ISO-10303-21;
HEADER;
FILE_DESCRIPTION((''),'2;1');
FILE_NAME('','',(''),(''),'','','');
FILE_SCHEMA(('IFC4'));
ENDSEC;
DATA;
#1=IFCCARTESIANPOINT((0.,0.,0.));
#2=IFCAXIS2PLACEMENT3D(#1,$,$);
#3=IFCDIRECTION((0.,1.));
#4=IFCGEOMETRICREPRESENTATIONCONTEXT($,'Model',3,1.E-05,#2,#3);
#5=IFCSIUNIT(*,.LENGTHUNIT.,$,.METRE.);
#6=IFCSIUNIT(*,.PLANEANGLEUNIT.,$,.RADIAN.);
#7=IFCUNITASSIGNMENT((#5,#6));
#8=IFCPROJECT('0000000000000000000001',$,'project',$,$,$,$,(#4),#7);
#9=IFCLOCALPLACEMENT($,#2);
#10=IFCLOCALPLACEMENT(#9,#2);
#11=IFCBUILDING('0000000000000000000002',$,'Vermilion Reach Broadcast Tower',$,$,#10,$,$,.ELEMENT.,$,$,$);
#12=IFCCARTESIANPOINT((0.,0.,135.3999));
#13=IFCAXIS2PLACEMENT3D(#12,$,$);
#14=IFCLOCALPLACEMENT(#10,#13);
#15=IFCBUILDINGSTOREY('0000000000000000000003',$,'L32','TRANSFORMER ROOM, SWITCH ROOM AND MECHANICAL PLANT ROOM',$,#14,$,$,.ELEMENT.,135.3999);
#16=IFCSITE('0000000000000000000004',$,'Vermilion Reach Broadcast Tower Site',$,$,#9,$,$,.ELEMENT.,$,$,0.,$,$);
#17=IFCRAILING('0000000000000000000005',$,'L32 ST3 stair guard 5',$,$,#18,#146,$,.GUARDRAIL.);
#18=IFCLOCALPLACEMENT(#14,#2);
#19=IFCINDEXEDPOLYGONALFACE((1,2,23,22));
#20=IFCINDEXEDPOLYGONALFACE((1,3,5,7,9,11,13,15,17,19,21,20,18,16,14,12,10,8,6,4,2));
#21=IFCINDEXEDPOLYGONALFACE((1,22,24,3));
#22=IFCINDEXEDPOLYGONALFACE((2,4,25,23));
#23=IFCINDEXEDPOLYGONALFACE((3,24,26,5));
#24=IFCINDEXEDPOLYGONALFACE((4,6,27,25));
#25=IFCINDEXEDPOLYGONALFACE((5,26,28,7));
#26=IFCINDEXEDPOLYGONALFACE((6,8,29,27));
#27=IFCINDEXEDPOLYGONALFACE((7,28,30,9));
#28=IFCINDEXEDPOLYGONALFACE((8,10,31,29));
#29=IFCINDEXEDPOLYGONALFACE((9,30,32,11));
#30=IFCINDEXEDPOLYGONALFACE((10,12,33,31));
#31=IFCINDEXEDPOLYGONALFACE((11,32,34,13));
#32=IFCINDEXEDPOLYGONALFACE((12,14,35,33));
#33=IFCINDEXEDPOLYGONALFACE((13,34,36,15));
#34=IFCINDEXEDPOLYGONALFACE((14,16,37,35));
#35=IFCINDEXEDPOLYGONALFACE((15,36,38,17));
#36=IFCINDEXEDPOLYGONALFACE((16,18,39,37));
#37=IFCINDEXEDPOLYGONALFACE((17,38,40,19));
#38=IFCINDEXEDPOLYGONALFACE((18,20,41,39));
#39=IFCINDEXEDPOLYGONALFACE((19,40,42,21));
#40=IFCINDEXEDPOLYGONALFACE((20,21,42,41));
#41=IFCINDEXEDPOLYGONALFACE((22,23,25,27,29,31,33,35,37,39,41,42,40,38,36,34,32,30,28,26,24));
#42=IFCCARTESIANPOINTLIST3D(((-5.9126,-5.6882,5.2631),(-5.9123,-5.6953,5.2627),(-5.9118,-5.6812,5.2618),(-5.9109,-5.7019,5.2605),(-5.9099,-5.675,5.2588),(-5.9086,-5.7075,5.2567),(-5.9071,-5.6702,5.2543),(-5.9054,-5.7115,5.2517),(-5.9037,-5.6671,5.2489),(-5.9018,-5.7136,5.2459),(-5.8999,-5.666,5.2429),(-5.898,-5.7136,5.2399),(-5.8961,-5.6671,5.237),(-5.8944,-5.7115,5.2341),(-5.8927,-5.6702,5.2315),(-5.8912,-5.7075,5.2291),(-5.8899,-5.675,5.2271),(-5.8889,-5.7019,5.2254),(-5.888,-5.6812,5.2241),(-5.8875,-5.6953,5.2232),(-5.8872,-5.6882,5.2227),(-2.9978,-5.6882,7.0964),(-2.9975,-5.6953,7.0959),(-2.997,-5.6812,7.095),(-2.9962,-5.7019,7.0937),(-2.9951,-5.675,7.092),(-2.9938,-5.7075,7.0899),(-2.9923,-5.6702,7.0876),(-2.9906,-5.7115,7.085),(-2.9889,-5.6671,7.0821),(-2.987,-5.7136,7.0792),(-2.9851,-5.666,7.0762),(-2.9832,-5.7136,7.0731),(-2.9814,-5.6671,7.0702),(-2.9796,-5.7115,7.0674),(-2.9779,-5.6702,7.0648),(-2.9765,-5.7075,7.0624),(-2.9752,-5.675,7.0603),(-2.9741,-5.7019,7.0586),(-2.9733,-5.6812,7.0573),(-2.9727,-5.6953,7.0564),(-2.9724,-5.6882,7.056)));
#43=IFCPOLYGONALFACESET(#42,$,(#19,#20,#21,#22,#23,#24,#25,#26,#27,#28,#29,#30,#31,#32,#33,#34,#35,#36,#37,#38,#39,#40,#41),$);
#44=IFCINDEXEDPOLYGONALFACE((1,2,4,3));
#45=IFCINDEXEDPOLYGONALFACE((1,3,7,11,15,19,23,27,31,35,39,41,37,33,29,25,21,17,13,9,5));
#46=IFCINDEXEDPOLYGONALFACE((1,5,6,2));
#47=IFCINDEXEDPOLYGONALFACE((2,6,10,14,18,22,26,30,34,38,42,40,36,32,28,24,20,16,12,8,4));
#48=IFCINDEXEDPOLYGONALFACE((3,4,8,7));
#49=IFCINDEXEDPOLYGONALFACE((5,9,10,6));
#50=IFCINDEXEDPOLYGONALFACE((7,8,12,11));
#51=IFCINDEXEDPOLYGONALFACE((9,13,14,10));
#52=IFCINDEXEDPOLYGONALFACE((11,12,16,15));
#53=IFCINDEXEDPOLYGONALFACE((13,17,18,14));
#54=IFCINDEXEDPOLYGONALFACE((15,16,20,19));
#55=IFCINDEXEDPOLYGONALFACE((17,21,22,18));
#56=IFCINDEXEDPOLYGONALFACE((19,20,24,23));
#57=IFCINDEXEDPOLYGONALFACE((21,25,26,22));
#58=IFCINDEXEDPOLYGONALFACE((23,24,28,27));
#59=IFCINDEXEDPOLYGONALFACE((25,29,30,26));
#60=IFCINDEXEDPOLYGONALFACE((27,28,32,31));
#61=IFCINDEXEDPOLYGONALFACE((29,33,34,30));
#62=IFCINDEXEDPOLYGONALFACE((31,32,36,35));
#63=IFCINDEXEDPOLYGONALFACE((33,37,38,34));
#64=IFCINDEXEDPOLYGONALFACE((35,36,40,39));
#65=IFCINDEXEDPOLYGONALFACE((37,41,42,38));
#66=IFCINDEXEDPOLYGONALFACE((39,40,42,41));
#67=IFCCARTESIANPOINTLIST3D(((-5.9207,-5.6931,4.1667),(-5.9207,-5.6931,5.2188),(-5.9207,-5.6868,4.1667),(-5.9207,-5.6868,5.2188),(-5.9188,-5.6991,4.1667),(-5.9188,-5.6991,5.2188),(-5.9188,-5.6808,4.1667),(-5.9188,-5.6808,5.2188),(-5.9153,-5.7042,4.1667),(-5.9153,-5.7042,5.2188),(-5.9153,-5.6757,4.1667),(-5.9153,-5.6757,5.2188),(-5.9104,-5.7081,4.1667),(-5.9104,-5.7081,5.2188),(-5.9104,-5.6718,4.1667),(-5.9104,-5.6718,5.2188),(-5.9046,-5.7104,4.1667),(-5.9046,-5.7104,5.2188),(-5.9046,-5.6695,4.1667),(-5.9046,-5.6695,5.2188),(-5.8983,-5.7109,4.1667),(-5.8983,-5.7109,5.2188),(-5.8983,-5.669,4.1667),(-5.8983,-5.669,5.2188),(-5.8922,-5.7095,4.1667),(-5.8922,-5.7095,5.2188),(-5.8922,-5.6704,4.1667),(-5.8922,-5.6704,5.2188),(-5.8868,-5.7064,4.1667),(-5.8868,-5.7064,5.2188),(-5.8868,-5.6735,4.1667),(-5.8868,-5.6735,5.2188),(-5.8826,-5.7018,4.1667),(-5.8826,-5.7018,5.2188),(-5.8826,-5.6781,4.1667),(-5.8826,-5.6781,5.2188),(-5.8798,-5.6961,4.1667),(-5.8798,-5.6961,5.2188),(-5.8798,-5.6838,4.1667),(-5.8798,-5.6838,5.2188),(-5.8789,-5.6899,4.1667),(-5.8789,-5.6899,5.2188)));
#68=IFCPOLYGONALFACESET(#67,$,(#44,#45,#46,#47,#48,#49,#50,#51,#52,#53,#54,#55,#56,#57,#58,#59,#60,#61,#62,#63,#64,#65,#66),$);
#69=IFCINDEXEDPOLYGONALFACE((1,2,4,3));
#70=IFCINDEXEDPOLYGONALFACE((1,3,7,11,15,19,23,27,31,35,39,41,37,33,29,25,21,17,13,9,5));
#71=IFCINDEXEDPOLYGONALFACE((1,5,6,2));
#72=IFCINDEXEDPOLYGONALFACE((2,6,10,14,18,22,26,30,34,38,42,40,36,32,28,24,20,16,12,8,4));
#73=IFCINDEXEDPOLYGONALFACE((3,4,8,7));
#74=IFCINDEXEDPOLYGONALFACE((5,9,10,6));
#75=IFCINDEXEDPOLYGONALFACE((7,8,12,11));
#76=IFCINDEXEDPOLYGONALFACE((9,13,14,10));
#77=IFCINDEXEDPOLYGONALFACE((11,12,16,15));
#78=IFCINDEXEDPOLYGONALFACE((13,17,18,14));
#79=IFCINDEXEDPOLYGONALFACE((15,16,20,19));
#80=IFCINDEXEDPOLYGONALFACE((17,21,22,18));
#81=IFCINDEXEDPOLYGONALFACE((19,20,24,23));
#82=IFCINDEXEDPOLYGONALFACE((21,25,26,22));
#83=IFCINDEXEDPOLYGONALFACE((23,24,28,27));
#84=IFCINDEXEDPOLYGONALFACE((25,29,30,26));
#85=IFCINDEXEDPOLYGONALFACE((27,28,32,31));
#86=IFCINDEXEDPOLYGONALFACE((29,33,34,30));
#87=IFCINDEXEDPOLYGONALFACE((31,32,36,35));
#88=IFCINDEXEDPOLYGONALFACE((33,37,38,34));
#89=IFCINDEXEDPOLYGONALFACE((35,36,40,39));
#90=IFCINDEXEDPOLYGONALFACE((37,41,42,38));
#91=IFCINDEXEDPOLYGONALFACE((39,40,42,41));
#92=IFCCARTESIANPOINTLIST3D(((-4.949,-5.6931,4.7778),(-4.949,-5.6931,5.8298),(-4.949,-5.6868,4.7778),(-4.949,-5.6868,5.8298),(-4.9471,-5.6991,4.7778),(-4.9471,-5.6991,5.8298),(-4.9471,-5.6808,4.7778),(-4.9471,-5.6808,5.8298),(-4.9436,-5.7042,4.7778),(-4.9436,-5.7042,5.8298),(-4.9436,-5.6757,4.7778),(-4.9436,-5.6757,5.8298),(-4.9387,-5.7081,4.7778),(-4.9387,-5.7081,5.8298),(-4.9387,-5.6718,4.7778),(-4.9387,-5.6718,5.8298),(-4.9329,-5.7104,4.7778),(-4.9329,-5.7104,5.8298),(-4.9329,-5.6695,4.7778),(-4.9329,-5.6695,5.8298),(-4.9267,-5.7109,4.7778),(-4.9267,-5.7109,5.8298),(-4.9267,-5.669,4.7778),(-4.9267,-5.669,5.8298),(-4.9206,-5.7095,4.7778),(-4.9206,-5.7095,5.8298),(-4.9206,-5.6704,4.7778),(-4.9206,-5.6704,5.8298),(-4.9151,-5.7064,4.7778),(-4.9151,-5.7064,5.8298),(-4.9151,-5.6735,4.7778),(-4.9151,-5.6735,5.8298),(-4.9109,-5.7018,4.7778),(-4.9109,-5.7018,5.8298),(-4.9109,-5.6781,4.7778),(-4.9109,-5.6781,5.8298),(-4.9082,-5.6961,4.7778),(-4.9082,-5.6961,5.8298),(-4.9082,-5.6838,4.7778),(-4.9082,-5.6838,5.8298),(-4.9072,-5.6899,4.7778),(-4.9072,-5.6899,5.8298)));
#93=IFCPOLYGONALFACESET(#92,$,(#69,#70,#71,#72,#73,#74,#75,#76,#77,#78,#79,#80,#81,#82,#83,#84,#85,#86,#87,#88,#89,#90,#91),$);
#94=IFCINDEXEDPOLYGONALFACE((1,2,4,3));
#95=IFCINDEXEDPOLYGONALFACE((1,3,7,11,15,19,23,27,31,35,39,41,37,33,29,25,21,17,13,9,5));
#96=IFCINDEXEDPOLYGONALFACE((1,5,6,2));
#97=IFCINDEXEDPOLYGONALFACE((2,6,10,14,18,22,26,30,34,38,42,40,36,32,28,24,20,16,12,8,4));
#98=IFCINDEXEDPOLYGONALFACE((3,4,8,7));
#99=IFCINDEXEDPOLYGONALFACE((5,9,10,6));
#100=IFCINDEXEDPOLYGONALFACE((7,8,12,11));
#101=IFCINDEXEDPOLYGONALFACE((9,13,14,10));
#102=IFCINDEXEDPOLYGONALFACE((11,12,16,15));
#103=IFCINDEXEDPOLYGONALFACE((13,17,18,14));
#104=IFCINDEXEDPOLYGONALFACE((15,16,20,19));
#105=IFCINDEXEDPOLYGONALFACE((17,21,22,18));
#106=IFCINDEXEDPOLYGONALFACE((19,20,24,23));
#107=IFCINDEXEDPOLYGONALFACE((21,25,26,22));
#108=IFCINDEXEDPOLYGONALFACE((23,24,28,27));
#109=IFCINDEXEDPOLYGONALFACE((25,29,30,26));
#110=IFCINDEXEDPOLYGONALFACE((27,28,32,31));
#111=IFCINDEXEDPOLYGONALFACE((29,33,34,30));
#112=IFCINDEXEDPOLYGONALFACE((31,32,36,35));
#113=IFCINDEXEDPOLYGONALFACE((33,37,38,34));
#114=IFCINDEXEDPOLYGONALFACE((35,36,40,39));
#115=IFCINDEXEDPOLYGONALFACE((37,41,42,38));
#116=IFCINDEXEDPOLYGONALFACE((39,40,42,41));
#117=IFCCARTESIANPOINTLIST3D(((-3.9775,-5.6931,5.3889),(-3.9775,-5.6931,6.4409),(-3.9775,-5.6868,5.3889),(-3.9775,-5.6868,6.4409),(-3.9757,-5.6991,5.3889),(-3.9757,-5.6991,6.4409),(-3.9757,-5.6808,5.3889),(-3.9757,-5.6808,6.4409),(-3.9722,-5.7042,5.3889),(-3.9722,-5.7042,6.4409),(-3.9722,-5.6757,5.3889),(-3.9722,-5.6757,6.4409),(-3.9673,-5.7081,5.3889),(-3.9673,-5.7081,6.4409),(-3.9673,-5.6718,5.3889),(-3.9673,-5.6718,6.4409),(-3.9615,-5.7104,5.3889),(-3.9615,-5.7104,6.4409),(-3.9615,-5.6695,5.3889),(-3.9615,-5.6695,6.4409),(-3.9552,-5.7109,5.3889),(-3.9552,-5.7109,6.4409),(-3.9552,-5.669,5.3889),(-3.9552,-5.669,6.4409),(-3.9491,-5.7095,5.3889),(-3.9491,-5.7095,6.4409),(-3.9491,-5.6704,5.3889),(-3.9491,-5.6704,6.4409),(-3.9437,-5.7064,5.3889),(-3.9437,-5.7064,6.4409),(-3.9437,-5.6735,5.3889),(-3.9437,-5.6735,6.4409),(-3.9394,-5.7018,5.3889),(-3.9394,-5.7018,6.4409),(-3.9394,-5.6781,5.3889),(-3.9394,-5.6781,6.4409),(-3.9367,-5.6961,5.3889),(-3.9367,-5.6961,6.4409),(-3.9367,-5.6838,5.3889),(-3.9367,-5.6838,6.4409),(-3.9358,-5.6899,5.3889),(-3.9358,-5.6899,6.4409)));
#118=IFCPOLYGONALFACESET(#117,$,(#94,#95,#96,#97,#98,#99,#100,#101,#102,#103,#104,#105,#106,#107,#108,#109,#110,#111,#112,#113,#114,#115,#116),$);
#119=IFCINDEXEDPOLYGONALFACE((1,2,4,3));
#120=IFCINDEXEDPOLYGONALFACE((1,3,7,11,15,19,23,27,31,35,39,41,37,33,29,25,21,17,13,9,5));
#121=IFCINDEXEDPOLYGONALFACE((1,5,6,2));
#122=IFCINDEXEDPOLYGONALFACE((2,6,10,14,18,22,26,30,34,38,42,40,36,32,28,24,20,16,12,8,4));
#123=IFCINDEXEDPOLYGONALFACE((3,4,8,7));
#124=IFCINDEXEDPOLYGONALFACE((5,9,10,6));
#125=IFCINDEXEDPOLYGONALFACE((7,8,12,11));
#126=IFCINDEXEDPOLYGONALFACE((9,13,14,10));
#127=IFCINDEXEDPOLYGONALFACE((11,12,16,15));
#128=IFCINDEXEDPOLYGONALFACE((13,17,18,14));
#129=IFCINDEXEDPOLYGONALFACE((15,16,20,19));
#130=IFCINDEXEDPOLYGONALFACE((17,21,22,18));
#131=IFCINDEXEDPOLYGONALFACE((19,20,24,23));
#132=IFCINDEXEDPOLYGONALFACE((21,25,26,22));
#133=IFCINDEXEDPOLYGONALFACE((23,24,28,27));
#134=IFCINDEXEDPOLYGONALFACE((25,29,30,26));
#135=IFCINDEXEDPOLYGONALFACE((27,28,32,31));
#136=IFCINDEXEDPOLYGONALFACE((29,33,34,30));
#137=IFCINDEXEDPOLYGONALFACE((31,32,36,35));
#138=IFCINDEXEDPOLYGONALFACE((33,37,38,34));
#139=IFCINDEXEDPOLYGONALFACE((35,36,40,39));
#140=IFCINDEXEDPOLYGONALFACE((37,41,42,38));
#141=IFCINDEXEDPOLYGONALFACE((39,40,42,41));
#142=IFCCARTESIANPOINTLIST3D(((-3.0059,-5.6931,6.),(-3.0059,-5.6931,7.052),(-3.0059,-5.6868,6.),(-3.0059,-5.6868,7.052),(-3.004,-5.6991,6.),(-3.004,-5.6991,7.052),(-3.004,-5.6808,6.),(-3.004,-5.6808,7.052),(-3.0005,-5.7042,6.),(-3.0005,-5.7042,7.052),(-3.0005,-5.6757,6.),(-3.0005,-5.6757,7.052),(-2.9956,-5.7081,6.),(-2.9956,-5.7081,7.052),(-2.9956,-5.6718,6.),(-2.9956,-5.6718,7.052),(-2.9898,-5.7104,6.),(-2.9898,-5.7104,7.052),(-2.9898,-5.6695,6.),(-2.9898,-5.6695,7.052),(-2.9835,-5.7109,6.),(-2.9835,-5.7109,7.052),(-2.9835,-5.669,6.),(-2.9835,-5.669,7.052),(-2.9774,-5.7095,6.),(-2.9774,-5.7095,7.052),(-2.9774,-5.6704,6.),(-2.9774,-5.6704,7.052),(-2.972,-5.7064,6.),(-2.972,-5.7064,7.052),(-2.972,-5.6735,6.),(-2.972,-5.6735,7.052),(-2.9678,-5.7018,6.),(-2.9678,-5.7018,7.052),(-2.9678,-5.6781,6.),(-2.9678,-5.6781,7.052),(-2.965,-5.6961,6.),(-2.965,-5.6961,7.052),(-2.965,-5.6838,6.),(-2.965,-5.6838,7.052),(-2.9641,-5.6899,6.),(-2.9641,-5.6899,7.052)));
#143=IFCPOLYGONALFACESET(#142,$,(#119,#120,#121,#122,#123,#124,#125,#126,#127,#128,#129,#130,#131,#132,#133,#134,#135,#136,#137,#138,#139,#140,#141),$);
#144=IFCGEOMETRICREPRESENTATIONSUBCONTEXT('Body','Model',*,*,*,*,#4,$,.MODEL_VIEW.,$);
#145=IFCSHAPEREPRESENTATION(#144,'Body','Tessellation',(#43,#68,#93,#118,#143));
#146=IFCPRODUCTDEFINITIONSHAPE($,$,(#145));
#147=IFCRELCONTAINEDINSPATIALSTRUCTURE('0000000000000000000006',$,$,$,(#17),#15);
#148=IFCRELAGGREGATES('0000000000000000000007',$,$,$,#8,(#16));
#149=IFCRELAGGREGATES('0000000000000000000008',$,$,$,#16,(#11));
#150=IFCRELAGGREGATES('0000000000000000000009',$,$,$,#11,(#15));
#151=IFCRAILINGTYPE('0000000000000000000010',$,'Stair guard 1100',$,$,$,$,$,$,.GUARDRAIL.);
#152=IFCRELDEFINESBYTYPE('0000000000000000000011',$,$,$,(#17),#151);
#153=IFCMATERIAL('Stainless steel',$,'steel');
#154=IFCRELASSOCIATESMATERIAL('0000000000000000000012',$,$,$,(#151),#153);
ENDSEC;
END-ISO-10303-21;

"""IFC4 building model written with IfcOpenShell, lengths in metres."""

from ifc_helpers import new_model, si_unit, direction, frame, origin, origin_2d, place, context, subcontext, project, spatial, circle, extrude, material, type_object, element, save


model = new_model("IFC4")

# Units and contexts
model_context = context("Model", 3, precision=1e-05, world=origin(), true_north=direction((0.0, 1.0)))
body_context = subcontext(model_context, "Body", "Model", "MODEL_VIEW")
ifc_project = project(units=[si_unit("LENGTHUNIT", "METRE"), si_unit("PLANEANGLEUNIT", "RADIAN")], contexts=[model_context])

# Site, building, storey
site_placement = place(None, origin())
site = spatial("IfcSite", under=ifc_project, at=site_placement, Name="Vermilion Reach Broadcast Tower Site", CompositionType="ELEMENT", RefElevation=0.0)
building_placement = place(site_placement, origin())
building = spatial("IfcBuilding", under=site, at=building_placement, Name="Vermilion Reach Broadcast Tower", CompositionType="ELEMENT")
storey_placement = place(building_placement, frame((0.0, 0.0, 135.3999)))
storey = spatial("IfcBuildingStorey", under=building, at=storey_placement, Name="L32", Description="TRANSFORMER ROOM, SWITCH ROOM AND MECHANICAL PLANT ROOM", CompositionType="ELEMENT", Elevation=135.3999)

# Railing
ifc_material_1 = material(Name="Stainless steel", Category="steel")
railing_type_1 = type_object("IfcRailingType", Name="Stair guard 1100", PredefinedType="GUARDRAIL", material=ifc_material_1)
railing_1_placement = place(storey_placement, frame((-5.8999, -5.6899, 4.1667)))
element("IfcRailing", 1, at=railing_1_placement, inside=storey, type_object=railing_type_1, Name="L32 ST3 stair guard 5", PredefinedType="GUARDRAIL", context=body_context, shape_type="SweptSolid", body=[
    extrude(circle(Radius=0.0239, at=origin_2d()), frame((0.0, 0.0, 1.0762), z_axis=(0.846493, 0.0, 0.532399), x_axis=(0.0, 1.0, 0.0)), (0.0, 0.0, 1.0), 3.4434),
    extrude(circle(Radius=0.021, at=origin_2d()), origin(), (0.0, 0.0, 1.0), 1.052),
    extrude(circle(Radius=0.021, at=origin_2d()), frame((0.9717, 0.0, 0.6111)), (0.0, 0.0, 1.0), 1.052),
    extrude(circle(Radius=0.021, at=origin_2d()), frame((1.9431, 0.0, 1.2222)), (0.0, 0.0, 1.0), 1.052),
    extrude(circle(Radius=0.021, at=origin_2d()), frame((2.9148, 0.0, 1.8333)), (0.0, 0.0, 1.0), 1.052),
])

save(model, "model.ifc")
